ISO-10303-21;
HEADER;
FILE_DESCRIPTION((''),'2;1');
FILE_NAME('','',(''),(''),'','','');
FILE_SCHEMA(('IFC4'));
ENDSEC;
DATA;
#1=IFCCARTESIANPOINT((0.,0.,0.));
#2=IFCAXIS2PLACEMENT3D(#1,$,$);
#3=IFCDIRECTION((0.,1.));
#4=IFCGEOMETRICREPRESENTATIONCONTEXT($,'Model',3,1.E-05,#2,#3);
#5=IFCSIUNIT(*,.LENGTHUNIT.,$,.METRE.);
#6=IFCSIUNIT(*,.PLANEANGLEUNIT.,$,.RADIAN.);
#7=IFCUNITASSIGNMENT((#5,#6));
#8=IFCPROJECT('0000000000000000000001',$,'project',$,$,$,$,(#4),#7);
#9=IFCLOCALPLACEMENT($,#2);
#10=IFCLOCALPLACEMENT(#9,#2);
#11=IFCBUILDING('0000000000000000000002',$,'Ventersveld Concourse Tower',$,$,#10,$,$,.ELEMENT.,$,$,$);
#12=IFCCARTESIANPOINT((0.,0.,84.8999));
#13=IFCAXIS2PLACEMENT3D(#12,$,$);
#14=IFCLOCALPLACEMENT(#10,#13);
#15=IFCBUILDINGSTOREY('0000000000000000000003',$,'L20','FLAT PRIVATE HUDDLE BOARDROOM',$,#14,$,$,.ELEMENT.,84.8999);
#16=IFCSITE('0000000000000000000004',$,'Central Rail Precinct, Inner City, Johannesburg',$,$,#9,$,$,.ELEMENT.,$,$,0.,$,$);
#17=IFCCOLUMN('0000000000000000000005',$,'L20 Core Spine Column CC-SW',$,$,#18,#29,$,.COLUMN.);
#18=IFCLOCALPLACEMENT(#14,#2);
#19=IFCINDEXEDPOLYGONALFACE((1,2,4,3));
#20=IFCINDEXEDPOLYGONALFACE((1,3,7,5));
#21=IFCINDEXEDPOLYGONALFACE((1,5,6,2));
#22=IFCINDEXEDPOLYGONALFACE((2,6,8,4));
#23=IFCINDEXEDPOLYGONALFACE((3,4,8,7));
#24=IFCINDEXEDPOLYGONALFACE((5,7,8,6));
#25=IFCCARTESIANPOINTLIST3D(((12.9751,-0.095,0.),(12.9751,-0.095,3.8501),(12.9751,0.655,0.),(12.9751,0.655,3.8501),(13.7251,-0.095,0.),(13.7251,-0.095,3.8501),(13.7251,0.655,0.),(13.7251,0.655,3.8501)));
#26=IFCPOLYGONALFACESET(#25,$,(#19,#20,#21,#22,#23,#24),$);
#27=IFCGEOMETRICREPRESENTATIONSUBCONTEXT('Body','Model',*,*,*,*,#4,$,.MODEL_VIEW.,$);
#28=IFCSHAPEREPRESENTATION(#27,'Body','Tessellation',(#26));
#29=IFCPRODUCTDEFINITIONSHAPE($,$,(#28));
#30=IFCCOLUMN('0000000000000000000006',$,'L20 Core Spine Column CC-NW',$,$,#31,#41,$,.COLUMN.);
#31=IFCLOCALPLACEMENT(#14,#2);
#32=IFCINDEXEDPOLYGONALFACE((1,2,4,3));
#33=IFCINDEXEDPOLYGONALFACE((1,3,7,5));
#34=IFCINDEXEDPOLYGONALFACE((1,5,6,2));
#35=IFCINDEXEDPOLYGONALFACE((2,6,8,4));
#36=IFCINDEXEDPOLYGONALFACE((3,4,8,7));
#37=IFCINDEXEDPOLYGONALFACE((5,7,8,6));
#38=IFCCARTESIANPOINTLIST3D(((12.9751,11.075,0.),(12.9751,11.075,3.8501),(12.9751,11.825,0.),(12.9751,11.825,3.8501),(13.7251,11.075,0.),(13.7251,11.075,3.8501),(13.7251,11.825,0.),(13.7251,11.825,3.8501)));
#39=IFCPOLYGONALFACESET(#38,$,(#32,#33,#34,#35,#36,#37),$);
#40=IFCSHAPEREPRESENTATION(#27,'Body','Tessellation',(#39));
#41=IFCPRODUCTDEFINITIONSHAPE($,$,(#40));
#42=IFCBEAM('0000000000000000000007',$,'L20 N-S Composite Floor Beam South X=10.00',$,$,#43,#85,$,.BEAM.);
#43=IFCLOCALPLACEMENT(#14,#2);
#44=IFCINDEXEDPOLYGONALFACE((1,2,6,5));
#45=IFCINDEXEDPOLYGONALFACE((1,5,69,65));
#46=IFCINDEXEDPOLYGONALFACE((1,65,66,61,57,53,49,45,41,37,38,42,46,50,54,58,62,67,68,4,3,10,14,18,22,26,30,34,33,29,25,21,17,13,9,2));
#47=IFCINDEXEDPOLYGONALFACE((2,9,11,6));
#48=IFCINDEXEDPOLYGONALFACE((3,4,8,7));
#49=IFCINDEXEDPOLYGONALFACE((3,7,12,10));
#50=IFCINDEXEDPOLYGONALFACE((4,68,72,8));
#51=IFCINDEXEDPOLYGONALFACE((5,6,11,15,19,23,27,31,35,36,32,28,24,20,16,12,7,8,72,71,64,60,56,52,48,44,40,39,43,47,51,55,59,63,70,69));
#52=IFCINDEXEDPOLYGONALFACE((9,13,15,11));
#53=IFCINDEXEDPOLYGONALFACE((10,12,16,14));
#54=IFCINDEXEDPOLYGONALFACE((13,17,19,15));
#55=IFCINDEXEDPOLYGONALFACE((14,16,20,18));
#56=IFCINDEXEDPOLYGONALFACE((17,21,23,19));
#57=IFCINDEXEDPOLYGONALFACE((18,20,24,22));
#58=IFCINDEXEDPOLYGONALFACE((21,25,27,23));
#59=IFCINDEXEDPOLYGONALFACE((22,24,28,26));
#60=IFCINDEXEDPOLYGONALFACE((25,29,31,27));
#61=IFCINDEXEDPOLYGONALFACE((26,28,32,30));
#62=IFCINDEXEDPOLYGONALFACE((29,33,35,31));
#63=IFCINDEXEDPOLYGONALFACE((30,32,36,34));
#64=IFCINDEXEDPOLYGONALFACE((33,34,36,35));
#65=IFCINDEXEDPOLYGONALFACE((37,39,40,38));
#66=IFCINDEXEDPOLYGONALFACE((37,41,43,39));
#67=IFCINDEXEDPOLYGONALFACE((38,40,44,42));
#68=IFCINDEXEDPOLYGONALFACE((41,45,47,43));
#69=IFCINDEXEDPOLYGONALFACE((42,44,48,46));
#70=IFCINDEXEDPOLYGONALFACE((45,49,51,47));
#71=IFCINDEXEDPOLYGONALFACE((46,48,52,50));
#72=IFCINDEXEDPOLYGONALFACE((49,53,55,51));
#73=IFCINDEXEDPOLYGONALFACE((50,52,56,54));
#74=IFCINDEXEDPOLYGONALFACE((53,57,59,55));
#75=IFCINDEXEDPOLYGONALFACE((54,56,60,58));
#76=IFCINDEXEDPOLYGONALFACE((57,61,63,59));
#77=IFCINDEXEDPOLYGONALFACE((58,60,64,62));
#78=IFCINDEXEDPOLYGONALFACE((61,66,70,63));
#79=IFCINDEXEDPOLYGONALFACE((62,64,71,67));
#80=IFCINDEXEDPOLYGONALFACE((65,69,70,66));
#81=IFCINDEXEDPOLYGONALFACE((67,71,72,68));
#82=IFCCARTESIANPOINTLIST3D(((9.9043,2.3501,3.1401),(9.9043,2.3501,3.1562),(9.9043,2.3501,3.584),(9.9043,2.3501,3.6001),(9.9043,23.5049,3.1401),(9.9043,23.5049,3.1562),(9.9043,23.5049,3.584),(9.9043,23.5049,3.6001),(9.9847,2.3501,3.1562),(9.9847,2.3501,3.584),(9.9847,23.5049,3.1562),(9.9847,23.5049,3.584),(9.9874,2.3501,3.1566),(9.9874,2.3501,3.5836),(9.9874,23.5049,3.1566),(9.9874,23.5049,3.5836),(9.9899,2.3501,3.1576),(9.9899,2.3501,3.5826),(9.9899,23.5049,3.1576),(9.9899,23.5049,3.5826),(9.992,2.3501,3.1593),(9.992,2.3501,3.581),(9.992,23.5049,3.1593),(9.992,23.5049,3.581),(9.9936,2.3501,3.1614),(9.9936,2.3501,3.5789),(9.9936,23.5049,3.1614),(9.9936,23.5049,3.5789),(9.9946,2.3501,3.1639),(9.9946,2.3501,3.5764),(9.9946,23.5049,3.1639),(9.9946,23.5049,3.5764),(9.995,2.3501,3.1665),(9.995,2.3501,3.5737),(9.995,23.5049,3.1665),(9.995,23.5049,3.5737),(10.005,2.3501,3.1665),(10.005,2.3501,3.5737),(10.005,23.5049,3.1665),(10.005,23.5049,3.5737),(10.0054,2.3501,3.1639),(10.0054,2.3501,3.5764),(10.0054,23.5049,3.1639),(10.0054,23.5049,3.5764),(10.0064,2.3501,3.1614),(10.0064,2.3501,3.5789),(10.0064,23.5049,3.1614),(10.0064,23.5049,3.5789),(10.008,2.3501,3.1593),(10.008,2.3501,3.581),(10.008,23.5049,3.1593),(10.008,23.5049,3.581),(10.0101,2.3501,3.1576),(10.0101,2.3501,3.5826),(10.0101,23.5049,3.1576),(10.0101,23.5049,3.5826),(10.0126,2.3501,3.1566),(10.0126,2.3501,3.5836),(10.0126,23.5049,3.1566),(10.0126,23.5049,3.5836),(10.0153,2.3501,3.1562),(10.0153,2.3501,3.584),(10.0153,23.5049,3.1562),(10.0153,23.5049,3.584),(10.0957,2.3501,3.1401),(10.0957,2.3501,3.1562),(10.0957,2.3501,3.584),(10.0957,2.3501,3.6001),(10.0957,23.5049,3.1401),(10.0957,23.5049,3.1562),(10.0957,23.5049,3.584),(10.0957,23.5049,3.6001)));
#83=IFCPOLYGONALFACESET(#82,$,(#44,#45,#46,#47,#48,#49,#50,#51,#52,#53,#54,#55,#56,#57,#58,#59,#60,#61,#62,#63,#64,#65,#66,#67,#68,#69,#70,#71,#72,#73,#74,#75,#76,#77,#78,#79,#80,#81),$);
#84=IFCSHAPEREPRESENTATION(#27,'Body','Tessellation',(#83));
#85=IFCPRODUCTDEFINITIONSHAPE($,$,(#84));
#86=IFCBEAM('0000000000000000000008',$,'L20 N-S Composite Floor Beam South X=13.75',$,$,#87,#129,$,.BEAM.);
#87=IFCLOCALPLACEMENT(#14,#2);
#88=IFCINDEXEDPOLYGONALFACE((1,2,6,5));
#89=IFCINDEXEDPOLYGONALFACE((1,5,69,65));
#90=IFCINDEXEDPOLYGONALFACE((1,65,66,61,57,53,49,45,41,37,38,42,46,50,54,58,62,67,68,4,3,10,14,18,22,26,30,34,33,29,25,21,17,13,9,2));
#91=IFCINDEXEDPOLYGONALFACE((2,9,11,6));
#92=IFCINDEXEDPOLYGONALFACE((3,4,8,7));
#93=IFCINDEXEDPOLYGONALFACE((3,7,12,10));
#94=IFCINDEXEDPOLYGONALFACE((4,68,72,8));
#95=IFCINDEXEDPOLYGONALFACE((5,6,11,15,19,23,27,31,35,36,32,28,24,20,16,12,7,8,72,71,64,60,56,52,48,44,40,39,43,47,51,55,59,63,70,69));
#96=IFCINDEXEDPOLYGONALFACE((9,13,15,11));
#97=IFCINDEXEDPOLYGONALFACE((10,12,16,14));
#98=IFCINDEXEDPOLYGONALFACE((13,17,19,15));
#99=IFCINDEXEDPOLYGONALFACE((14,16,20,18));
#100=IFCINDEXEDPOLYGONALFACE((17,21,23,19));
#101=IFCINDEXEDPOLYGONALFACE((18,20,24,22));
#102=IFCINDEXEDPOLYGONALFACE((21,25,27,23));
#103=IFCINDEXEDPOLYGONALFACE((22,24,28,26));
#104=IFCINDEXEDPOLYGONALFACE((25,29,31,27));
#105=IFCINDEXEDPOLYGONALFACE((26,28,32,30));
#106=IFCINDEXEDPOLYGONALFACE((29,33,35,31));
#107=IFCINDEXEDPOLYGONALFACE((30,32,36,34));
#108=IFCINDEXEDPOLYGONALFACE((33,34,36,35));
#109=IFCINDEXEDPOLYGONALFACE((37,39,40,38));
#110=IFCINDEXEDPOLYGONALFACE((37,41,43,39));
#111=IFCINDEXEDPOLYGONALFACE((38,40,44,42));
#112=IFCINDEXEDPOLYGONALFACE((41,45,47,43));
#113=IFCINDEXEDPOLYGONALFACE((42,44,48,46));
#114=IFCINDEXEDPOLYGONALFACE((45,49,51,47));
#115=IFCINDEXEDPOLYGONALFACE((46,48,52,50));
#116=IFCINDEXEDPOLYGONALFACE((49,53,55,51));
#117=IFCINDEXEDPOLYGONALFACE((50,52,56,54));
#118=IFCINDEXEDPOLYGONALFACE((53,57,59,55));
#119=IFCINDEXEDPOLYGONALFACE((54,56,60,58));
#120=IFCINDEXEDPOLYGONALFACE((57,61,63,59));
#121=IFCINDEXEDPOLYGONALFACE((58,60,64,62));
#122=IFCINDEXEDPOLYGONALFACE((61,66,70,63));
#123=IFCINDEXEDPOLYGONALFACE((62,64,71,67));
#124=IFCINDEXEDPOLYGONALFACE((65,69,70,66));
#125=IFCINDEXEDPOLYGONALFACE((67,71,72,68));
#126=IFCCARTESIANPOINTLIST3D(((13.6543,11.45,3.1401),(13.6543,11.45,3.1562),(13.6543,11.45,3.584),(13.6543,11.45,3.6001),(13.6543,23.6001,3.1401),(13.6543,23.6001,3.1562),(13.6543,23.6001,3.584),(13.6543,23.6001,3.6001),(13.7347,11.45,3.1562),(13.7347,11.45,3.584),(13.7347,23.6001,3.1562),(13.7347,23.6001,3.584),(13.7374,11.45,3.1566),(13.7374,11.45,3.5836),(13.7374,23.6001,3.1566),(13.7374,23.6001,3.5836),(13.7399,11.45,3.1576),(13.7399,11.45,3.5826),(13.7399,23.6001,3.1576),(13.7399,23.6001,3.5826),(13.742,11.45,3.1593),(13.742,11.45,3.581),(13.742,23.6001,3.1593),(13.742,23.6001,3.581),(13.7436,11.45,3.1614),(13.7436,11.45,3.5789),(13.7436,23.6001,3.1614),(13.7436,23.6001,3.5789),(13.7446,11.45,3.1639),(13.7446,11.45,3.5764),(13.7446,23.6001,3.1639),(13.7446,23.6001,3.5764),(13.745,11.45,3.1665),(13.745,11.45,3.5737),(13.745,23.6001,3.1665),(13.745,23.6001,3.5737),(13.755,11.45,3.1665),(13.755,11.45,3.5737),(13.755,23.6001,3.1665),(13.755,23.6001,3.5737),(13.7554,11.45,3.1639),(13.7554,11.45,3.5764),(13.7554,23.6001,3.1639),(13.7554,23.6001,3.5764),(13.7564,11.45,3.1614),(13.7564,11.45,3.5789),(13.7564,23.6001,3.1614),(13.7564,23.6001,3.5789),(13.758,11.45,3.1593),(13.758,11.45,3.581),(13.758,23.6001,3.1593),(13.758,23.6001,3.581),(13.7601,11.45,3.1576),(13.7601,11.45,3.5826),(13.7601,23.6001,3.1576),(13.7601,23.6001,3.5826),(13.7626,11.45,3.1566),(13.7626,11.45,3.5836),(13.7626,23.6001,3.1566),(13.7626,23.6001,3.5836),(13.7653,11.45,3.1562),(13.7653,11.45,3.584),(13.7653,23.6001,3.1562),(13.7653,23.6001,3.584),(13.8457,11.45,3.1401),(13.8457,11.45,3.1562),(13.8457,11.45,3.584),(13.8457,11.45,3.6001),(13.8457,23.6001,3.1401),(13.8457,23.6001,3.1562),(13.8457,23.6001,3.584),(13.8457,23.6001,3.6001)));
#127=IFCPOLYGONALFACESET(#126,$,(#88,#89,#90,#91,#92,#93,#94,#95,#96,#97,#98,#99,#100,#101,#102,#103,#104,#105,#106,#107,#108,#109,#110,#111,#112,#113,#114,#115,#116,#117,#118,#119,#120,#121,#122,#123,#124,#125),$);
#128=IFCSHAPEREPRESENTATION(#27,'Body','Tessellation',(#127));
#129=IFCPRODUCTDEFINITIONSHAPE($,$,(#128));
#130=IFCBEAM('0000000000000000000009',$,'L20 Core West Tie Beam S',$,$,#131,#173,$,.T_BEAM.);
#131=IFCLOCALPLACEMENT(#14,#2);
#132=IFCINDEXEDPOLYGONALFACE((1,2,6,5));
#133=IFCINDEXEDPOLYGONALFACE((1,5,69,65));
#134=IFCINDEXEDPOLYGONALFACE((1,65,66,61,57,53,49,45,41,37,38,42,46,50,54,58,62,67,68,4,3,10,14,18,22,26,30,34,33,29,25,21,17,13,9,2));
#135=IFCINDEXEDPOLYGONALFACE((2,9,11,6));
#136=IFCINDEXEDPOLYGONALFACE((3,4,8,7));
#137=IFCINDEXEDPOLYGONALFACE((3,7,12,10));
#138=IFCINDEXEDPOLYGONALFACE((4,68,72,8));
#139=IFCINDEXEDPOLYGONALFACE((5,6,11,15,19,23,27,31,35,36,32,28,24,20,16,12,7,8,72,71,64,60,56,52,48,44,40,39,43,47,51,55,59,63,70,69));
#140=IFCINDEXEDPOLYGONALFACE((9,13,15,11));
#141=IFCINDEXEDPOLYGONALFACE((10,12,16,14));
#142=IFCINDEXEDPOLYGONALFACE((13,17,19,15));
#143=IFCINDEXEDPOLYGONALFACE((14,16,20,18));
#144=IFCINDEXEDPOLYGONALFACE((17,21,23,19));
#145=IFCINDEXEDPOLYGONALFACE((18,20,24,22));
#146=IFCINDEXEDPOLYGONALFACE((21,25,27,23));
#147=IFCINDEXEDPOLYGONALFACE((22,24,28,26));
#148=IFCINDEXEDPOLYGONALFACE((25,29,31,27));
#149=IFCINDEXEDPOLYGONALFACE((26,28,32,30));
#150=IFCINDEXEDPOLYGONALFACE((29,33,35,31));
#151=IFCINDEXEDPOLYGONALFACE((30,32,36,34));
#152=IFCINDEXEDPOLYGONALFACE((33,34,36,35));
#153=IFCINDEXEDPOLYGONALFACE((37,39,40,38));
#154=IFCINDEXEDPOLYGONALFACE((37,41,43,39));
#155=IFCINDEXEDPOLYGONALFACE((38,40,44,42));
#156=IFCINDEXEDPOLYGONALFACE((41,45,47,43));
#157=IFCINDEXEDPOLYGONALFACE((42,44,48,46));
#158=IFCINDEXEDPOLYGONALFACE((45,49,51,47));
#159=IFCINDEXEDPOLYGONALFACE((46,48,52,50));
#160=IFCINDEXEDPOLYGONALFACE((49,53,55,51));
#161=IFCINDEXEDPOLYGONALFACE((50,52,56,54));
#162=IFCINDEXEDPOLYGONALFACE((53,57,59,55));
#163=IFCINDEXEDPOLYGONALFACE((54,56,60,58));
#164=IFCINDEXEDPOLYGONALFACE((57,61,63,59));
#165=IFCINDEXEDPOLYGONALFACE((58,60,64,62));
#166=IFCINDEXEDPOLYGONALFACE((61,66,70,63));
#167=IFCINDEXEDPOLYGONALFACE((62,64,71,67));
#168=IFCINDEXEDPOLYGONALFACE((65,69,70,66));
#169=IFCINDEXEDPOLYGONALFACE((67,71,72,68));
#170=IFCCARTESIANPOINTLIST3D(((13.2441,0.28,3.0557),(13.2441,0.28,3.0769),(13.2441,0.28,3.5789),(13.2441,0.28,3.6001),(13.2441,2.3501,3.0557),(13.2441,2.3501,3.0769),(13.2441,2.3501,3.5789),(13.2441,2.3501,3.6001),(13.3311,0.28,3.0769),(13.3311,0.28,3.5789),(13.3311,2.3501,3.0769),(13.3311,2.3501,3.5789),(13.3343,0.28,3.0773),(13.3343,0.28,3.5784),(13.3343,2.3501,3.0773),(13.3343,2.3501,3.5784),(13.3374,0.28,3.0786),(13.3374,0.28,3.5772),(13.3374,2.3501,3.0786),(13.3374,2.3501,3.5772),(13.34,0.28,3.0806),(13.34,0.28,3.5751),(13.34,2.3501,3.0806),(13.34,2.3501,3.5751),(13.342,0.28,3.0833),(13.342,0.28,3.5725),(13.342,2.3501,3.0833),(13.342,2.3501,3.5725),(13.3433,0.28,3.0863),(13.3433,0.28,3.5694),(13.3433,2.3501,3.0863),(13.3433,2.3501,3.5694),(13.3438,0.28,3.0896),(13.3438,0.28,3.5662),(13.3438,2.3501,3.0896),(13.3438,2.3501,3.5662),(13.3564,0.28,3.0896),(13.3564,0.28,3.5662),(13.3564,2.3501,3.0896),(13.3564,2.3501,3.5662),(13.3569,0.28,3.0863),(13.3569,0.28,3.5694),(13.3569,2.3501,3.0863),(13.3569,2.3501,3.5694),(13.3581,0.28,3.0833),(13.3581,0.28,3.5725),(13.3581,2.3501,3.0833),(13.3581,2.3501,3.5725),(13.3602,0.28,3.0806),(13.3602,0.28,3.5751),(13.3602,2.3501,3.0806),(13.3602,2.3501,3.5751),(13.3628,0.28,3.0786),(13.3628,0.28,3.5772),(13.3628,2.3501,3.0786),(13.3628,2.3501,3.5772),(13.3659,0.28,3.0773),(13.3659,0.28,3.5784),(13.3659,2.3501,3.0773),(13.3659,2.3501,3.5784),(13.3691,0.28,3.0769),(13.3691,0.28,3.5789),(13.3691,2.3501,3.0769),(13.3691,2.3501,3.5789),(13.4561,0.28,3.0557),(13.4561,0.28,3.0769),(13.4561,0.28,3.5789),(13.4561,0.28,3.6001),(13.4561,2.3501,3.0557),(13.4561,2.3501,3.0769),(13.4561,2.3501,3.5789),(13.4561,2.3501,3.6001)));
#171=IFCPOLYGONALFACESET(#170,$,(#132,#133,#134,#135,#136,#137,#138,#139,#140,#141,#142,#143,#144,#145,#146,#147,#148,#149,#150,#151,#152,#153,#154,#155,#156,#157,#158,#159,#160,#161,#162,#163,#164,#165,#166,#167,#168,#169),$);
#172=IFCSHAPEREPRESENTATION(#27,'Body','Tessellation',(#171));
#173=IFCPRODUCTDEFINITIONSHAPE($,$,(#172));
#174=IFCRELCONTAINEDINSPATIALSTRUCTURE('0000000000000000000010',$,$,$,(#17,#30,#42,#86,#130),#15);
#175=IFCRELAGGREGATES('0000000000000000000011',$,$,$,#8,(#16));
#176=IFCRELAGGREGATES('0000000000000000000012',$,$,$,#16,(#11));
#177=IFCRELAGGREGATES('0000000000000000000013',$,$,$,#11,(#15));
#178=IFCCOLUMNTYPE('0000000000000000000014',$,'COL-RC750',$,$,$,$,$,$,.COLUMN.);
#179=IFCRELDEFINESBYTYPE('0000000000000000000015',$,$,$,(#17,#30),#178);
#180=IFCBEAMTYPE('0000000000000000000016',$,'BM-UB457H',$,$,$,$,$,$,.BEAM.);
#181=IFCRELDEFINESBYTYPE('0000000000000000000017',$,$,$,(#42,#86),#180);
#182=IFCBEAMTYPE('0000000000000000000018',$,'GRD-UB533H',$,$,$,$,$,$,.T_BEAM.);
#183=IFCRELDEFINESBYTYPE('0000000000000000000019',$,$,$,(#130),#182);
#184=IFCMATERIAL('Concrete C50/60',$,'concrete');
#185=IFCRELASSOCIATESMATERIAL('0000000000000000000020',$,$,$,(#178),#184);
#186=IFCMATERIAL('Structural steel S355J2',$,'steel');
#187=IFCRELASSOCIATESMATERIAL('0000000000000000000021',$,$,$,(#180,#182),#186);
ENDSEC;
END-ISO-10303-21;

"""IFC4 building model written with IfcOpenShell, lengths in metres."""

from ifc_helpers import new_model, si_unit, direction, frame, origin, origin_2d, place, context, subcontext, project, spatial, rectangle, i_section, extrude, material, material_profile, profile_set, type_object, element, save


model = new_model("IFC4")

# Units and contexts
model_context = context("Model", 3, precision=1e-05, world=origin(), true_north=direction((0.0, 1.0)))
body_context = subcontext(model_context, "Body", "Model", "MODEL_VIEW")
ifc_project = project(units=[si_unit("LENGTHUNIT", "METRE"), si_unit("PLANEANGLEUNIT", "RADIAN")], contexts=[model_context])

# Site, building, storey
site_placement = place(None, origin())
site = spatial("IfcSite", under=ifc_project, at=site_placement, Name="Central Rail Precinct, Inner City, Johannesburg", CompositionType="ELEMENT", RefElevation=0.0)
building_placement = place(site_placement, origin())
building = spatial("IfcBuilding", under=site, at=building_placement, Name="Ventersveld Concourse Tower", CompositionType="ELEMENT")
storey_placement = place(building_placement, frame((0.0, 0.0, 84.8999)))
storey = spatial("IfcBuildingStorey", under=building, at=storey_placement, Name="L20", Description="FLAT PRIVATE HUDDLE BOARDROOM", CompositionType="ELEMENT", Elevation=84.8999)

# Columns
ifc_material_1 = material(Name="Concrete C50/60", Category="concrete")
ifc_material_profile_1 = material_profile(ifc_material_1, rectangle(XDim=0.75, YDim=0.75, at=origin_2d()), Name="RC 750x750")
ifc_profile_set_1 = profile_set([ifc_material_profile_1], Name="Concrete C50/60")
column_type = type_object("IfcColumnType", Name="COL-RC750", PredefinedType="COLUMN", material=ifc_profile_set_1)
for number, where, z_axis, x_axis, name in (
    (1, (13.3501, 0.28, 0.0), (0.0, 0.0, 1.0), (1.0, 0.0, 0.0), "L20 Core Spine Column CC-SW"),
    (2, (13.3501, 11.45, 0.0), (0.0, 0.0, 1.0), (1.0, 0.0, 0.0), "L20 Core Spine Column CC-NW"),
):
    element("IfcColumn", number, at=place(storey_placement, frame(where, z_axis=z_axis, x_axis=x_axis)), inside=storey, type_object=column_type, Name=name, PredefinedType="COLUMN", context=body_context, shape_type="SweptSolid", body=[
        extrude(rectangle(XDim=0.75, YDim=0.75, at=origin_2d()), origin(), (0.0, 0.0, 1.0), 3.8501),
    ])

# Beams
ifc_material_2 = material(Name="Structural steel S355J2", Category="steel")
ifc_material_profile_2 = material_profile(ifc_material_2, i_section(OverallWidth=0.1914, OverallDepth=0.46, WebThickness=0.01, FlangeThickness=0.0161, FilletRadius=0.0103, at=origin_2d()), Name="UB 457x191x82")
ifc_profile_set_2 = profile_set([ifc_material_profile_2], Name="Structural steel S355J2")
beam_type_1 = type_object("IfcBeamType", Name="BM-UB457H", PredefinedType="BEAM", material=ifc_profile_set_2)
beam_1_placement = place(storey_placement, frame((10.0, 2.3501, 3.3701), z_axis=(0.0, 1.0, 0.0), x_axis=(-1.0, 0.0, 0.0)))
element("IfcBeam", 3, at=beam_1_placement, inside=storey, type_object=beam_type_1, Name="L20 N-S Composite Floor Beam South X=10.00", PredefinedType="BEAM", context=body_context, shape_type="SweptSolid", body=[
    extrude(i_section(OverallWidth=0.1914, OverallDepth=0.46, WebThickness=0.01, FlangeThickness=0.0161, FilletRadius=0.0103, at=origin_2d()), origin(), (0.0, 0.0, 1.0), 21.1548),
])
beam_2_placement = place(storey_placement, frame((13.75, 11.45, 3.3701), z_axis=(0.0, 1.0, 0.0), x_axis=(-1.0, 0.0, 0.0)))
element("IfcBeam", 4, at=beam_2_placement, inside=storey, type_object=beam_type_1, Name="L20 N-S Composite Floor Beam South X=13.75", PredefinedType="BEAM", context=body_context, shape_type="SweptSolid", body=[
    extrude(i_section(OverallWidth=0.1914, OverallDepth=0.46, WebThickness=0.01, FlangeThickness=0.0161, FilletRadius=0.0103, at=origin_2d()), origin(), (0.0, 0.0, 1.0), 12.1501),
])
ifc_material_profile_3 = material_profile(ifc_material_2, i_section(OverallWidth=0.2119, OverallDepth=0.5444, WebThickness=0.0127, FlangeThickness=0.0212, FilletRadius=0.0127, at=origin_2d()), Name="UB 533x210x122")
ifc_profile_set_3 = profile_set([ifc_material_profile_3], Name="Structural steel S355J2")
beam_type_2 = type_object("IfcBeamType", Name="GRD-UB533H", PredefinedType="T_BEAM", material=ifc_profile_set_3)
beam_3_placement = place(storey_placement, frame((13.3501, 0.28, 3.3279), z_axis=(0.0, 1.0, 0.0), x_axis=(-1.0, 0.0, 0.0)))
element("IfcBeam", 5, at=beam_3_placement, inside=storey, type_object=beam_type_2, Name="L20 Core West Tie Beam S", PredefinedType="T_BEAM", context=body_context, shape_type="SweptSolid", body=[
    extrude(i_section(OverallWidth=0.2119, OverallDepth=0.5444, WebThickness=0.0127, FlangeThickness=0.0212, FilletRadius=0.0127, at=origin_2d()), origin(), (0.0, 0.0, 1.0), 2.0701),
])

save(model, "model.ifc")
